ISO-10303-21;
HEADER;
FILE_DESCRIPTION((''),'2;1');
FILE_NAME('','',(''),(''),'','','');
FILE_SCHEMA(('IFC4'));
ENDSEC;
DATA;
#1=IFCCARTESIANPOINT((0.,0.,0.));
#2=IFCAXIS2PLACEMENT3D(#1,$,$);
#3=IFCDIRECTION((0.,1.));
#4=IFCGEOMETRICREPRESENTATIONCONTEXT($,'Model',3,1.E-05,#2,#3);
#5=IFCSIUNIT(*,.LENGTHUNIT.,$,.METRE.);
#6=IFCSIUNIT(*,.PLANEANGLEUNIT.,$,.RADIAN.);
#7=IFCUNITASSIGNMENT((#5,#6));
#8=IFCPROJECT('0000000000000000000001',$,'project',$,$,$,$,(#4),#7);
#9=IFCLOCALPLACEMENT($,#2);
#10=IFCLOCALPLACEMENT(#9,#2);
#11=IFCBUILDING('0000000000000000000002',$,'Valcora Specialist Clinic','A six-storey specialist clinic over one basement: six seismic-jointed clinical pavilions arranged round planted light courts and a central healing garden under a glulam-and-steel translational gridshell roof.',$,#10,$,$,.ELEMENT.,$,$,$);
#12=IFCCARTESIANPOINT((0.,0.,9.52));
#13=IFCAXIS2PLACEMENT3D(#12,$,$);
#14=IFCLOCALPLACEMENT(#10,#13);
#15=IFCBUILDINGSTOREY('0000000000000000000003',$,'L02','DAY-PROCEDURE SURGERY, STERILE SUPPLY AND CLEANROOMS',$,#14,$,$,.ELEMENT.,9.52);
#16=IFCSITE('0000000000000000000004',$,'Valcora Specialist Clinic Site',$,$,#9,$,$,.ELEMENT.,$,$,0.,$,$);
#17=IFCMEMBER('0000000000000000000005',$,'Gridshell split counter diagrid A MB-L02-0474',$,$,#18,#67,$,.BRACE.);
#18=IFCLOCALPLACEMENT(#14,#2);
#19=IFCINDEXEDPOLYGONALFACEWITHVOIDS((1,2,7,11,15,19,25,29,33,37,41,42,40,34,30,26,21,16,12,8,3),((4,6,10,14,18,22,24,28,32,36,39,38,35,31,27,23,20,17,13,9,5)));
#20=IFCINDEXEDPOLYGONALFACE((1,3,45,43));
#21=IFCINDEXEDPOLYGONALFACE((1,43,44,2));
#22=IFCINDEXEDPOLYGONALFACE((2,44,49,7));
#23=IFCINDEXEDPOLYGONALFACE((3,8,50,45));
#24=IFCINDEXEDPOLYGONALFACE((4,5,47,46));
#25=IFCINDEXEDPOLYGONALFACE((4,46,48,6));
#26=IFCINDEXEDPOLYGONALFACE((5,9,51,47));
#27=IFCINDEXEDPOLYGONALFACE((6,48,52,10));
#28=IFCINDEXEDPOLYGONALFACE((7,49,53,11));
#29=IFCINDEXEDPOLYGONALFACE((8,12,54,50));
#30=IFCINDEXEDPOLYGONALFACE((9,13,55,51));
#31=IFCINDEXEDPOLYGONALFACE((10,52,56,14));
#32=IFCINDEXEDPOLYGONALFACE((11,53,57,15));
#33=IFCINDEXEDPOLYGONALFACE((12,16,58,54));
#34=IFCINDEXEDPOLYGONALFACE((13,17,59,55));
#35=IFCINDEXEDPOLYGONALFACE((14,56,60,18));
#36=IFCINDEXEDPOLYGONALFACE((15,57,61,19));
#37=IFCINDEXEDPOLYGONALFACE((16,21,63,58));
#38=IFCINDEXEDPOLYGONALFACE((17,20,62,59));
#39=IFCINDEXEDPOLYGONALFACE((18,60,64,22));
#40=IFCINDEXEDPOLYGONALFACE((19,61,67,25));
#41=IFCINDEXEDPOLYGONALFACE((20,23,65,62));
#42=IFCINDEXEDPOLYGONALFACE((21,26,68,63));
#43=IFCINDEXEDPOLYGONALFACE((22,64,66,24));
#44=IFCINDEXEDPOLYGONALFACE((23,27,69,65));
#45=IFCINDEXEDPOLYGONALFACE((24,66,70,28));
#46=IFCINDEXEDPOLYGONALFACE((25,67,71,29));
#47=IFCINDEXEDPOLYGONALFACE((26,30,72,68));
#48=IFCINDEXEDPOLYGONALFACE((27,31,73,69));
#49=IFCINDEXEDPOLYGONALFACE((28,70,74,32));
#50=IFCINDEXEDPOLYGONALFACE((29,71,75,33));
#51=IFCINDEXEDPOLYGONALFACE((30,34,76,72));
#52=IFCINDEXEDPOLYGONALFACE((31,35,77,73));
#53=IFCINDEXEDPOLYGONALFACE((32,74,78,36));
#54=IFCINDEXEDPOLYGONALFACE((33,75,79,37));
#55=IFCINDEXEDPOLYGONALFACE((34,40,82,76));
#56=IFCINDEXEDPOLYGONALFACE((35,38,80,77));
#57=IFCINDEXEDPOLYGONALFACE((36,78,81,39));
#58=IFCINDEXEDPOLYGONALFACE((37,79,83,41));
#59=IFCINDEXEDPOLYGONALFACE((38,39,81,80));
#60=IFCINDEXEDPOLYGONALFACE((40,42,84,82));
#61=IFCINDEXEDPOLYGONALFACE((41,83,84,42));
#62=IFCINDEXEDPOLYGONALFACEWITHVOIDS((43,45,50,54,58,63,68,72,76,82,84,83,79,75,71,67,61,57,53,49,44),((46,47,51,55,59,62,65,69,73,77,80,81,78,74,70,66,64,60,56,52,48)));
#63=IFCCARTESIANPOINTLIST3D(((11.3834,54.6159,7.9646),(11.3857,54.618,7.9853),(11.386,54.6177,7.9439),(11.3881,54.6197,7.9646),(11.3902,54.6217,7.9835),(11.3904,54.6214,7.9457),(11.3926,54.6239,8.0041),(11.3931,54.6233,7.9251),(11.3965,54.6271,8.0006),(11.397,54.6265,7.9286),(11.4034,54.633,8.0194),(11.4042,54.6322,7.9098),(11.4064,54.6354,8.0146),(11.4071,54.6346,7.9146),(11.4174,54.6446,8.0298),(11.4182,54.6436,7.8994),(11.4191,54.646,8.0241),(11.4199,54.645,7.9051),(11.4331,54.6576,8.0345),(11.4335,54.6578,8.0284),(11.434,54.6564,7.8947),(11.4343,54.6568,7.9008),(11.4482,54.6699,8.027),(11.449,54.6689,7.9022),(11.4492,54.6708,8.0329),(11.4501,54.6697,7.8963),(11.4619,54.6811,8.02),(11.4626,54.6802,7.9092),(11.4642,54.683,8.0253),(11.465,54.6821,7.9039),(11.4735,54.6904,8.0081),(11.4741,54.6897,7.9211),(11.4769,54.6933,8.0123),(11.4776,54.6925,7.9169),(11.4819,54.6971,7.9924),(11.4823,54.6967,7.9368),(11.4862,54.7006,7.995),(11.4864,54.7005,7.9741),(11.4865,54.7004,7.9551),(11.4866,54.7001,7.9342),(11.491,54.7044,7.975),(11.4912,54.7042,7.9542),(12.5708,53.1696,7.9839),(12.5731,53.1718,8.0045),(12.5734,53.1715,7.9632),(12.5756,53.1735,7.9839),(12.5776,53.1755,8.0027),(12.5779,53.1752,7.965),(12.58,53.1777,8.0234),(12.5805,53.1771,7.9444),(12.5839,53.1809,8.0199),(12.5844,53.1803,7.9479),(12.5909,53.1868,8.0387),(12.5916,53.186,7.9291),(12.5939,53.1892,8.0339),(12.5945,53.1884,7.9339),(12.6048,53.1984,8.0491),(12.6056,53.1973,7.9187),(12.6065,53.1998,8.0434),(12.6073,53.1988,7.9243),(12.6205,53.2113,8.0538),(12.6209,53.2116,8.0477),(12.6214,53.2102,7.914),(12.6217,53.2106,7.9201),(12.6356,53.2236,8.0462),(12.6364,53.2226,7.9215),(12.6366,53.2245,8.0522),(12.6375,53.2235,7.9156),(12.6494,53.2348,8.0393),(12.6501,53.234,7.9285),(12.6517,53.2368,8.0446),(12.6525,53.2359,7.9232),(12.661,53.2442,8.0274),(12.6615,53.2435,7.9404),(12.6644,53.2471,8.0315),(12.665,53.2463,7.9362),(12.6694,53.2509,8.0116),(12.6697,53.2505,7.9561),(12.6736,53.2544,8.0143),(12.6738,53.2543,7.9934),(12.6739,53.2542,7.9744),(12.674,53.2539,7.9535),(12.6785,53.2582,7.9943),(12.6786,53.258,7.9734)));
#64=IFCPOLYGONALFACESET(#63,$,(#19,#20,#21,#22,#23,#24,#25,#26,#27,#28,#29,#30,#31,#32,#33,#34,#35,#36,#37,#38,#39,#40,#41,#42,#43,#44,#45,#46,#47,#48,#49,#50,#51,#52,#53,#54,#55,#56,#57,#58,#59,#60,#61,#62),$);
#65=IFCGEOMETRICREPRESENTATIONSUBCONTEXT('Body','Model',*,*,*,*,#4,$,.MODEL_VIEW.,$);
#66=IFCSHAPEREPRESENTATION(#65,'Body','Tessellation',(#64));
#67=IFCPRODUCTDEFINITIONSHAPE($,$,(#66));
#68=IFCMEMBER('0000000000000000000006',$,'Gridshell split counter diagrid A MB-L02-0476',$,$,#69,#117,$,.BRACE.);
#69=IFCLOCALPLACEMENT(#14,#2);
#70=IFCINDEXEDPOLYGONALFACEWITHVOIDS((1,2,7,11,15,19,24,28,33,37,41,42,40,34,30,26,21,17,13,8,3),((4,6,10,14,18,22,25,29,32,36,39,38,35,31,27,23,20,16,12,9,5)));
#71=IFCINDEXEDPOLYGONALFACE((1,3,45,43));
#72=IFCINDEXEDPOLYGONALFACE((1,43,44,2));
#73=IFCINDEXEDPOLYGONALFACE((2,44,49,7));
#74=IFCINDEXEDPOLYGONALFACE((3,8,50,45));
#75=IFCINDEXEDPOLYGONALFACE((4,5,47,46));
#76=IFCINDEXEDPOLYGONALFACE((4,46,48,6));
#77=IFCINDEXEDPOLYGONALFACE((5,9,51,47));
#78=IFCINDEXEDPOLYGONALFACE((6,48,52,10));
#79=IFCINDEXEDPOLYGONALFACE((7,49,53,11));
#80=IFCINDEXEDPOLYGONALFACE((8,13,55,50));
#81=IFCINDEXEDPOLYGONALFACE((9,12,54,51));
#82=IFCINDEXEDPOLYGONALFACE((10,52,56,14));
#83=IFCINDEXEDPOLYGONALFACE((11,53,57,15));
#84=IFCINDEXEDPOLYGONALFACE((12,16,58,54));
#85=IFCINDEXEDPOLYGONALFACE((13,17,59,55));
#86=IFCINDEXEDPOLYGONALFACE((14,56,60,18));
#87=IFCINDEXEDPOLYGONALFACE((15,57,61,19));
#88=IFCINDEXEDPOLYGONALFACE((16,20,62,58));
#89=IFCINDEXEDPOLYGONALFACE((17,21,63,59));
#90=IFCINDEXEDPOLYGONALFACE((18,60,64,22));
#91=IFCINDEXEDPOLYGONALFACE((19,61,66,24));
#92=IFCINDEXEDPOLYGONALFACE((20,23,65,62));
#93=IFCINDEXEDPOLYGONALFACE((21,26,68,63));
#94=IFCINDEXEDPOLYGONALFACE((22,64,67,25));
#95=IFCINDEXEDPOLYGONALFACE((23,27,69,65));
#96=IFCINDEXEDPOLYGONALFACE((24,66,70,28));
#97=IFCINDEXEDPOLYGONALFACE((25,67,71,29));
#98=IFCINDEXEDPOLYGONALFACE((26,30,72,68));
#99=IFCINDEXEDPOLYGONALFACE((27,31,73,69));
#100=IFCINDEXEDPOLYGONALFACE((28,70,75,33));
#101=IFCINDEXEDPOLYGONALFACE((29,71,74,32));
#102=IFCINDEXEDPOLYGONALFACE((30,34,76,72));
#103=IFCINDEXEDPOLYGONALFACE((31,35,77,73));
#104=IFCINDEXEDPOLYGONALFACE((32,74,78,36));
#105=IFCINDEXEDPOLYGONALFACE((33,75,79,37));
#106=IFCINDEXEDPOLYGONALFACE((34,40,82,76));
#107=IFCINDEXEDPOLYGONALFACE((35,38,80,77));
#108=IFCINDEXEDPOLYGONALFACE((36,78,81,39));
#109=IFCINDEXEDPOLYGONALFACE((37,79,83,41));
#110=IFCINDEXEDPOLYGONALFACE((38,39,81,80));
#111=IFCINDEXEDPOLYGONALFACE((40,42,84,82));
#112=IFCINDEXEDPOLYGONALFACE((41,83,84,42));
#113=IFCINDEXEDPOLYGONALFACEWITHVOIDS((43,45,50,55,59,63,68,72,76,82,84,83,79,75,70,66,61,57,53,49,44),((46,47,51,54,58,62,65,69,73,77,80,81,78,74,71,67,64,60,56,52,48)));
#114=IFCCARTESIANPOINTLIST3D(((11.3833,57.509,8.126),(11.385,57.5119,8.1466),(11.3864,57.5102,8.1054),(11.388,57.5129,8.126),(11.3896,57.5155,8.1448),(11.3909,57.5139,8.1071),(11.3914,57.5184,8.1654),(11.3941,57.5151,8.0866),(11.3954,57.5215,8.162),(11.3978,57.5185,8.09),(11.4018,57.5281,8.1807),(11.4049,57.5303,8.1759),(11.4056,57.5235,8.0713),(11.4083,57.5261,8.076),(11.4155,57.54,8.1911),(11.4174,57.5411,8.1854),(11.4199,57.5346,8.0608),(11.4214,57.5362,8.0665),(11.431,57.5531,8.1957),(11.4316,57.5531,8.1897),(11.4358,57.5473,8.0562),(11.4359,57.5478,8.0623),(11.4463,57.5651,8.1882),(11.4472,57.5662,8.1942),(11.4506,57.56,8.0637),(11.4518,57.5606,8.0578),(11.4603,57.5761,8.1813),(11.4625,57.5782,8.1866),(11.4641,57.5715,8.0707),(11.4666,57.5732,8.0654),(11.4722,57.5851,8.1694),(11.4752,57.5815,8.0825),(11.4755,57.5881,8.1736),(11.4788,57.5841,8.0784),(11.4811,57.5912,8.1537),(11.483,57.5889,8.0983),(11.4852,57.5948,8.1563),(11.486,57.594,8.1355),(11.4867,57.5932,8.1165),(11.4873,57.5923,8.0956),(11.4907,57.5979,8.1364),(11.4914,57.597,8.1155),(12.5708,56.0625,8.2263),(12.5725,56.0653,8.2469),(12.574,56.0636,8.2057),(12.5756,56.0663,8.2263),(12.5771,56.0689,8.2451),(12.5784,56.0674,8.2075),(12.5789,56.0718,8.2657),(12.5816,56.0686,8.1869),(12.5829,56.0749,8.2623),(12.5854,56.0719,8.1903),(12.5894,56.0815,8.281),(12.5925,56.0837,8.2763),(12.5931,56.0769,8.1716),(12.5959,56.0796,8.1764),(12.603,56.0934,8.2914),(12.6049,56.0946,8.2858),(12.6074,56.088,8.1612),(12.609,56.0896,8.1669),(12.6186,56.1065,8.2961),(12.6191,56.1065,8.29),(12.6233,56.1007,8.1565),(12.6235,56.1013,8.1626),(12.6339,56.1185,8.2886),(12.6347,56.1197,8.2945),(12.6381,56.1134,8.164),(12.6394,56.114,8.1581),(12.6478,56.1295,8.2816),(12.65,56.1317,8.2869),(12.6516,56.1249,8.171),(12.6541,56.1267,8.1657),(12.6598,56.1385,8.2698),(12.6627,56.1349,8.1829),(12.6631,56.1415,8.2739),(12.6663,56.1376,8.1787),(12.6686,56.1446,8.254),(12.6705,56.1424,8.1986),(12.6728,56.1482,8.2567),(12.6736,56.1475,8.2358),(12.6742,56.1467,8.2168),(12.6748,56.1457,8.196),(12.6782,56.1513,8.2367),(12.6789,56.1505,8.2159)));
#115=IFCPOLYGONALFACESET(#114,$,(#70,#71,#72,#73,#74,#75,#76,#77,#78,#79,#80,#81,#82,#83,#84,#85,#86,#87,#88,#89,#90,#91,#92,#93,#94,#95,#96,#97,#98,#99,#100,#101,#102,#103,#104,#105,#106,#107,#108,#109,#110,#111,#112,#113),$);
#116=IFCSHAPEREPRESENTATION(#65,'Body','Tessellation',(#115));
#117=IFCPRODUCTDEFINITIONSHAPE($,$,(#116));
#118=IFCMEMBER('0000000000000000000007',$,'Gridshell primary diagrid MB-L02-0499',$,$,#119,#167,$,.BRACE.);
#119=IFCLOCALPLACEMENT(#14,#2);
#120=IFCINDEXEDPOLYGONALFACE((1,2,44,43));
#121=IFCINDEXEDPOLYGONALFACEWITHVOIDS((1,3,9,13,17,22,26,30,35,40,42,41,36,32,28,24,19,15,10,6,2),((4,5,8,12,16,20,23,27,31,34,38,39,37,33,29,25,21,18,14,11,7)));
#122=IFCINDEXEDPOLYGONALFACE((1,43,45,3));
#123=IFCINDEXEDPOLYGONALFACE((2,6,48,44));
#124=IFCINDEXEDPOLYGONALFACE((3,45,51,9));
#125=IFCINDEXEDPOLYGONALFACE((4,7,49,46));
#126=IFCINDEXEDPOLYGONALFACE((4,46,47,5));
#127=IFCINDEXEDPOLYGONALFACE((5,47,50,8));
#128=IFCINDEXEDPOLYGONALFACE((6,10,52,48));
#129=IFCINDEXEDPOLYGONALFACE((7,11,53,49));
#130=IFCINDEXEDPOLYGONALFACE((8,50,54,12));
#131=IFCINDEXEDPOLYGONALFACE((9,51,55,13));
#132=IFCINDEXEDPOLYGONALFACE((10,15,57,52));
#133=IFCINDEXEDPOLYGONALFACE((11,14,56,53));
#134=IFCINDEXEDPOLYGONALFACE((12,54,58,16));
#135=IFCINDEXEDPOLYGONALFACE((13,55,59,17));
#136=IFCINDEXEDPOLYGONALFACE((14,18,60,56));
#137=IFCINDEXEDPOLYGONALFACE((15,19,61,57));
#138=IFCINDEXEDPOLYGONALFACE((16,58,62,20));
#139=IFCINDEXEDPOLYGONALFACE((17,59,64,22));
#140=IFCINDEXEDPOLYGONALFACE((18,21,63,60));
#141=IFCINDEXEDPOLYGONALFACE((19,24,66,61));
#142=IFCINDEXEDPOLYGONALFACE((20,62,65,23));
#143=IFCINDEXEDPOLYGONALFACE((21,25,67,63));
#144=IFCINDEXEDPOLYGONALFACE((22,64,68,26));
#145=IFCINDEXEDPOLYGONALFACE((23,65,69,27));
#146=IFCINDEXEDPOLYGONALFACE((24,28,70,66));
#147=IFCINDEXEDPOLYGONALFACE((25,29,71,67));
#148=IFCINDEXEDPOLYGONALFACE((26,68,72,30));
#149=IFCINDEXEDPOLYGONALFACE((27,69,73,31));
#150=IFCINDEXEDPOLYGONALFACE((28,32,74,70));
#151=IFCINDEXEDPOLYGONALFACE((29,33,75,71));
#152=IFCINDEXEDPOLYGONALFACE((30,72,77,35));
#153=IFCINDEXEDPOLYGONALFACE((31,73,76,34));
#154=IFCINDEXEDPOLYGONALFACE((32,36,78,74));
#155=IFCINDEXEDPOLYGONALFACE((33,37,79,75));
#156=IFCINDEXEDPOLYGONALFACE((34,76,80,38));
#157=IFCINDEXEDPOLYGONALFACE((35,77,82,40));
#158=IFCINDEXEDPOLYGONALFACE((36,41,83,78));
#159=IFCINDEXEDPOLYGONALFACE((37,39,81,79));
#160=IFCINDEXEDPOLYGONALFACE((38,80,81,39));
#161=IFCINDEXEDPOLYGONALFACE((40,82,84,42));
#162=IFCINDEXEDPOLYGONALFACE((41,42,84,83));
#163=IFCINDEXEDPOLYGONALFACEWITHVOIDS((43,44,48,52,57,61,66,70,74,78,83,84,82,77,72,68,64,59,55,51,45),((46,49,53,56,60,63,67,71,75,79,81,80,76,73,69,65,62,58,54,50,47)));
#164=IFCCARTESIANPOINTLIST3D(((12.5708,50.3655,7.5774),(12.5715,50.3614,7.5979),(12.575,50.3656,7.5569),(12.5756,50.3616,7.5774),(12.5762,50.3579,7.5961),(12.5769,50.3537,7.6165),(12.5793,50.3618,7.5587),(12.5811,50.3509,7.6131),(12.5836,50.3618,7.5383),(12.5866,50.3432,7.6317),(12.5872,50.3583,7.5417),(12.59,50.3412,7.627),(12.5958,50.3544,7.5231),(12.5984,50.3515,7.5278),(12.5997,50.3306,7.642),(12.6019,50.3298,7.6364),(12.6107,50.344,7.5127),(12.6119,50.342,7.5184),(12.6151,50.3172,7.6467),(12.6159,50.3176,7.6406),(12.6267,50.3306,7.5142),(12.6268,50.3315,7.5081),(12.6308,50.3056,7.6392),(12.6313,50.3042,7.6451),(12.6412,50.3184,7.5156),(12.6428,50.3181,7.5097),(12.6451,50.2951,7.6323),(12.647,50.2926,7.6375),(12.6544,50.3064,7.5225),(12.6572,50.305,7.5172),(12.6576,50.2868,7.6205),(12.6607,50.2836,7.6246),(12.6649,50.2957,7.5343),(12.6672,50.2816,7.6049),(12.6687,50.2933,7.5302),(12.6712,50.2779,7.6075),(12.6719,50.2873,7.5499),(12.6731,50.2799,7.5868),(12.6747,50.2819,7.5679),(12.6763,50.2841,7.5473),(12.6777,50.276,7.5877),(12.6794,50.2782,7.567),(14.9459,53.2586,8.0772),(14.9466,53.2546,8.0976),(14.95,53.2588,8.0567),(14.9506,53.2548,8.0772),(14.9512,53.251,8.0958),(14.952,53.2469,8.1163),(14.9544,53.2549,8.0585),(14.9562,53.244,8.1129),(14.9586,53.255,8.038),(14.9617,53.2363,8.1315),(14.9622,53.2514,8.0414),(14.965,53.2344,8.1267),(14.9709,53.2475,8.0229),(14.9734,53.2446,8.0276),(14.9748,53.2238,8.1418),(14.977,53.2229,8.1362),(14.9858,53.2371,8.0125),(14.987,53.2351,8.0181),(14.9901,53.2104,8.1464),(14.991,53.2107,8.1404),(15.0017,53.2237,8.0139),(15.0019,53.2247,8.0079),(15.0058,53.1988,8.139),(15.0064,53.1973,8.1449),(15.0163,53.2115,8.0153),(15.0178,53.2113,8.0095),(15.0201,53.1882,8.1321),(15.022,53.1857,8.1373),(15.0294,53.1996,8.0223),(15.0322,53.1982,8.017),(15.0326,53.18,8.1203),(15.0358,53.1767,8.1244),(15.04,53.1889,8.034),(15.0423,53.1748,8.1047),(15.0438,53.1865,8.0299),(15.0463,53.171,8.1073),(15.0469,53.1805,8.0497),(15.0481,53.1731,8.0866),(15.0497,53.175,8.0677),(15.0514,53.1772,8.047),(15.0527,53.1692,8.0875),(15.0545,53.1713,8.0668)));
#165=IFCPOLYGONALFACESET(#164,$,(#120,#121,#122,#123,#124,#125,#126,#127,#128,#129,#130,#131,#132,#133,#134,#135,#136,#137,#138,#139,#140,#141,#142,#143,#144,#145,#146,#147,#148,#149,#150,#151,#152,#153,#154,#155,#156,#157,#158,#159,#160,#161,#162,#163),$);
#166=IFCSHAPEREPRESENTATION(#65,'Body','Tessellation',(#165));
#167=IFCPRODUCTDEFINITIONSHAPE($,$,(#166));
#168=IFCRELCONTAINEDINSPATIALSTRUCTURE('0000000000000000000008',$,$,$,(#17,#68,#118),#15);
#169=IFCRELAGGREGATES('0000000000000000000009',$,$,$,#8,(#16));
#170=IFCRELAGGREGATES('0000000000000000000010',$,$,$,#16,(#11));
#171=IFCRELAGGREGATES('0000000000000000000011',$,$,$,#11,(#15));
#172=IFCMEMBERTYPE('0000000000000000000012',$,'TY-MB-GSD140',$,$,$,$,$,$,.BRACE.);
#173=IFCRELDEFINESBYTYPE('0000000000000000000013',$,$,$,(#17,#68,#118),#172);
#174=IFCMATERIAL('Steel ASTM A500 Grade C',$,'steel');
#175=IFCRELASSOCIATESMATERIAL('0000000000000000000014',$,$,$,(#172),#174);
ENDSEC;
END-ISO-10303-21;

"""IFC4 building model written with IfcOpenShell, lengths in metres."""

from ifc_helpers import new_model, si_unit, direction, frame, origin, origin_2d, place, context, subcontext, project, spatial, hollow_circle, extrude, material, material_profile, profile_set, type_object, element, save


model = new_model("IFC4")

# Units and contexts
model_context = context("Model", 3, precision=1e-05, world=origin(), true_north=direction((0.0, 1.0)))
body_context = subcontext(model_context, "Body", "Model", "MODEL_VIEW")
ifc_project = project(units=[si_unit("LENGTHUNIT", "METRE"), si_unit("PLANEANGLEUNIT", "RADIAN")], contexts=[model_context])

# Site, building, storey
site_placement = place(None, origin())
site = spatial("IfcSite", under=ifc_project, at=site_placement, Name="Valcora Specialist Clinic Site", CompositionType="ELEMENT", RefElevation=0.0)
building_placement = place(site_placement, origin())
building = spatial("IfcBuilding", under=site, at=building_placement, Name="Valcora Specialist Clinic", Description="A six-storey specialist clinic over one basement: six seismic-jointed clinical pavilions arranged round planted light courts and a central healing garden under a glulam-and-steel translational gridshell roof.", CompositionType="ELEMENT")
storey_placement = place(building_placement, frame((0.0, 0.0, 9.52)))
storey = spatial("IfcBuildingStorey", under=building, at=storey_placement, Name="L02", Description="DAY-PROCEDURE SURGERY, STERILE SUPPLY AND CLEANROOMS", CompositionType="ELEMENT", Elevation=9.52)

# Members
ifc_material_1 = material(Name="Steel ASTM A500 Grade C", Category="steel")
ifc_material_profile_1 = material_profile(ifc_material_1, hollow_circle(Radius=0.0701, WallThickness=0.0061, at=origin_2d()), Name="ST-CHS-140X6")
ifc_profile_set_1 = profile_set([ifc_material_profile_1], Name="Steel ASTM A500 Grade C")
member_type_1 = type_object("IfcMemberType", Name="TY-MB-GSD140", PredefinedType="BRACE", material=ifc_profile_set_1)
member_1_placement = place(storey_placement, frame((12.625, 53.2141, 7.9839), z_axis=(-0.634539, 0.772822, -0.010306), x_axis=(-0.772863, -0.634572, 0.0)))
element("IfcMember", 1, at=member_1_placement, inside=storey, type_object=member_type_1, Name="Gridshell split counter diagrid A MB-L02-0474", PredefinedType="BRACE", context=body_context, shape_type="SweptSolid", body=[
    extrude(hollow_circle(Radius=0.0701, WallThickness=0.0061, at=origin_2d()), origin(), (0.0, 0.0, 1.0), 1.8713),
])
member_2_placement = place(storey_placement, frame((12.625, 56.1069, 8.2263), z_axis=(-0.633598, 0.771807, -0.053538), x_axis=(-0.772916, -0.634508, 0.0)))
element("IfcMember", 2, at=member_2_placement, inside=storey, type_object=member_type_1, Name="Gridshell split counter diagrid A MB-L02-0476", PredefinedType="BRACE", context=body_context, shape_type="SweptSolid", body=[
    extrude(hollow_circle(Radius=0.0701, WallThickness=0.0061, at=origin_2d()), origin(), (0.0, 0.0, 1.0), 1.8743),
])
member_3_placement = place(storey_placement, frame((12.625, 50.321, 7.5774), z_axis=(0.628928, 0.766117, 0.132341), x_axis=(-0.772916, 0.634508, 0.0)))
element("IfcMember", 3, at=member_3_placement, inside=storey, type_object=member_type_1, Name="Gridshell primary diagrid MB-L02-0499", PredefinedType="BRACE", context=body_context, shape_type="SweptSolid", body=[
    extrude(hollow_circle(Radius=0.0701, WallThickness=0.0061, at=origin_2d()), origin(), (0.0, 0.0, 1.0), 3.7764),
])

save(model, "model.ifc")
